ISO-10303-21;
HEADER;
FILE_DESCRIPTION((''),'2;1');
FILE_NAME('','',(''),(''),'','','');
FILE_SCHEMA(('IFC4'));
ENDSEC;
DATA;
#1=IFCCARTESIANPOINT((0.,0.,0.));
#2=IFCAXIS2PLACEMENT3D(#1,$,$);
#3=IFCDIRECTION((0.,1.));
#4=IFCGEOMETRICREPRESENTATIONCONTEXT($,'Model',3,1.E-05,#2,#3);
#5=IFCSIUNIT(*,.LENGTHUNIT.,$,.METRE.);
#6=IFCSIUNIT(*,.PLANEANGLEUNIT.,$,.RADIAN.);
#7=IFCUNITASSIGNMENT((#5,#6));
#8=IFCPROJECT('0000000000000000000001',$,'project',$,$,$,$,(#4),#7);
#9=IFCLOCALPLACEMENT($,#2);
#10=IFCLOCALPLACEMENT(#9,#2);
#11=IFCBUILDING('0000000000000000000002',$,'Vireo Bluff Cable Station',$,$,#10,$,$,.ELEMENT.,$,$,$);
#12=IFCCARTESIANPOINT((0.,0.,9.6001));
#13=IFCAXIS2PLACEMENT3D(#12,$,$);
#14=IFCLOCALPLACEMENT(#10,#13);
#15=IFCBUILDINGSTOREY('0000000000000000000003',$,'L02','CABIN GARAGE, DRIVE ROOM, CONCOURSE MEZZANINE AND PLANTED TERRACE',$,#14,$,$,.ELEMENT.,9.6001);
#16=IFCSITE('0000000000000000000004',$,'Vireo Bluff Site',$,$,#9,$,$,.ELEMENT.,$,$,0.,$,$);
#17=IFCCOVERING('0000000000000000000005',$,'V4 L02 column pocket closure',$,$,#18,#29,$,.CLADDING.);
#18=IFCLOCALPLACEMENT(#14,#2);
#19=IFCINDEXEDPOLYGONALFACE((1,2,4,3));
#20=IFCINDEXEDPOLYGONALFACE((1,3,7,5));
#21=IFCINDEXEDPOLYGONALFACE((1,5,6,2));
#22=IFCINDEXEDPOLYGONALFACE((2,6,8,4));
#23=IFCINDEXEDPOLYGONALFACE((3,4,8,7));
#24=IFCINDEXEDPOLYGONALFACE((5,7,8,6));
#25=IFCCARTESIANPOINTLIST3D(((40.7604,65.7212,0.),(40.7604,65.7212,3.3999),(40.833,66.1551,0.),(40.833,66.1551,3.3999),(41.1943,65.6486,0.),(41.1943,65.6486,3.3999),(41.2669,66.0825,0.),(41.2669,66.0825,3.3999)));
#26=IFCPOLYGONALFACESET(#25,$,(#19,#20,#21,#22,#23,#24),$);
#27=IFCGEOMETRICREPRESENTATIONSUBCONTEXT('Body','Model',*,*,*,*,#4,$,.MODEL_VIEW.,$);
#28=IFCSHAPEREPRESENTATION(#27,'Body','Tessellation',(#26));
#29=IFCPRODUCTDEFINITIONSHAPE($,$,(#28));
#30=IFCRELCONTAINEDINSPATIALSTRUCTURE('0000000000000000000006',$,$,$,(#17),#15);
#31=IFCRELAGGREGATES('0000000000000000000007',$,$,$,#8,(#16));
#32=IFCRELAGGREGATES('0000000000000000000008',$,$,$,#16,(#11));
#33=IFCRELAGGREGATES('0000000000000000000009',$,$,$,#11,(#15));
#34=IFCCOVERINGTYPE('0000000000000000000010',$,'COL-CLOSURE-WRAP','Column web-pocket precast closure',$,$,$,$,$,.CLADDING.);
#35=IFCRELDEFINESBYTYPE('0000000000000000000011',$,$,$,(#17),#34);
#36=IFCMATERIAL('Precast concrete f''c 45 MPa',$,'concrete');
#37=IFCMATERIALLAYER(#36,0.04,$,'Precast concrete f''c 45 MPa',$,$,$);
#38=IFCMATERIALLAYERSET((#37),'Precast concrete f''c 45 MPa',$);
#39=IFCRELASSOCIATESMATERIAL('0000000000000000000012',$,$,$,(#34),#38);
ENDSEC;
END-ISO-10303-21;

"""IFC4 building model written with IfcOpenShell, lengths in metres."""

from ifc_helpers import new_model, si_unit, direction, frame, origin, origin_2d, place, context, subcontext, project, spatial, rectangle, extrude, material, layer, layer_set, type_object, element, save


model = new_model("IFC4")

# Units and contexts
model_context = context("Model", 3, precision=1e-05, world=origin(), true_north=direction((0.0, 1.0)))
body_context = subcontext(model_context, "Body", "Model", "MODEL_VIEW")
ifc_project = project(units=[si_unit("LENGTHUNIT", "METRE"), si_unit("PLANEANGLEUNIT", "RADIAN")], contexts=[model_context])

# Site, building, storey
site_placement = place(None, origin())
site = spatial("IfcSite", under=ifc_project, at=site_placement, Name="Vireo Bluff Site", CompositionType="ELEMENT", RefElevation=0.0)
building_placement = place(site_placement, origin())
building = spatial("IfcBuilding", under=site, at=building_placement, Name="Vireo Bluff Cable Station", CompositionType="ELEMENT")
storey_placement = place(building_placement, frame((0.0, 0.0, 9.6001)))
storey = spatial("IfcBuildingStorey", under=building, at=storey_placement, Name="L02", Description="CABIN GARAGE, DRIVE ROOM, CONCOURSE MEZZANINE AND PLANTED TERRACE", CompositionType="ELEMENT", Elevation=9.6001)

# Shared definitions
ifc_material_1 = material(Name="Precast concrete f'c 45 MPa", Category="concrete")

# Covering
ifc_layer_1 = layer(ifc_material_1, 0.04, Name="Precast concrete f'c 45 MPa")
ifc_layer_set_1 = layer_set([ifc_layer_1], Name="Precast concrete f'c 45 MPa")
covering_type = type_object("IfcCoveringType", Name="COL-CLOSURE-WRAP", Description="Column web-pocket precast closure", PredefinedType="CLADDING", material=ifc_layer_set_1)
covering_placement = place(storey_placement, frame((41.0137, 65.9019, 0.0), z_axis=(0.0, 0.0, 1.0), x_axis=(0.986286, -0.165048, 0.0)))
element("IfcCovering", 1, at=covering_placement, inside=storey, type_object=covering_type, Name="V4 L02 column pocket closure", PredefinedType="CLADDING", context=body_context, shape_type="SweptSolid", body=[
    extrude(rectangle(XDim=0.4399, YDim=0.4399, at=origin_2d()), origin(), (0.0, 0.0, 1.0), 3.3999),
])

save(model, "model.ifc")
